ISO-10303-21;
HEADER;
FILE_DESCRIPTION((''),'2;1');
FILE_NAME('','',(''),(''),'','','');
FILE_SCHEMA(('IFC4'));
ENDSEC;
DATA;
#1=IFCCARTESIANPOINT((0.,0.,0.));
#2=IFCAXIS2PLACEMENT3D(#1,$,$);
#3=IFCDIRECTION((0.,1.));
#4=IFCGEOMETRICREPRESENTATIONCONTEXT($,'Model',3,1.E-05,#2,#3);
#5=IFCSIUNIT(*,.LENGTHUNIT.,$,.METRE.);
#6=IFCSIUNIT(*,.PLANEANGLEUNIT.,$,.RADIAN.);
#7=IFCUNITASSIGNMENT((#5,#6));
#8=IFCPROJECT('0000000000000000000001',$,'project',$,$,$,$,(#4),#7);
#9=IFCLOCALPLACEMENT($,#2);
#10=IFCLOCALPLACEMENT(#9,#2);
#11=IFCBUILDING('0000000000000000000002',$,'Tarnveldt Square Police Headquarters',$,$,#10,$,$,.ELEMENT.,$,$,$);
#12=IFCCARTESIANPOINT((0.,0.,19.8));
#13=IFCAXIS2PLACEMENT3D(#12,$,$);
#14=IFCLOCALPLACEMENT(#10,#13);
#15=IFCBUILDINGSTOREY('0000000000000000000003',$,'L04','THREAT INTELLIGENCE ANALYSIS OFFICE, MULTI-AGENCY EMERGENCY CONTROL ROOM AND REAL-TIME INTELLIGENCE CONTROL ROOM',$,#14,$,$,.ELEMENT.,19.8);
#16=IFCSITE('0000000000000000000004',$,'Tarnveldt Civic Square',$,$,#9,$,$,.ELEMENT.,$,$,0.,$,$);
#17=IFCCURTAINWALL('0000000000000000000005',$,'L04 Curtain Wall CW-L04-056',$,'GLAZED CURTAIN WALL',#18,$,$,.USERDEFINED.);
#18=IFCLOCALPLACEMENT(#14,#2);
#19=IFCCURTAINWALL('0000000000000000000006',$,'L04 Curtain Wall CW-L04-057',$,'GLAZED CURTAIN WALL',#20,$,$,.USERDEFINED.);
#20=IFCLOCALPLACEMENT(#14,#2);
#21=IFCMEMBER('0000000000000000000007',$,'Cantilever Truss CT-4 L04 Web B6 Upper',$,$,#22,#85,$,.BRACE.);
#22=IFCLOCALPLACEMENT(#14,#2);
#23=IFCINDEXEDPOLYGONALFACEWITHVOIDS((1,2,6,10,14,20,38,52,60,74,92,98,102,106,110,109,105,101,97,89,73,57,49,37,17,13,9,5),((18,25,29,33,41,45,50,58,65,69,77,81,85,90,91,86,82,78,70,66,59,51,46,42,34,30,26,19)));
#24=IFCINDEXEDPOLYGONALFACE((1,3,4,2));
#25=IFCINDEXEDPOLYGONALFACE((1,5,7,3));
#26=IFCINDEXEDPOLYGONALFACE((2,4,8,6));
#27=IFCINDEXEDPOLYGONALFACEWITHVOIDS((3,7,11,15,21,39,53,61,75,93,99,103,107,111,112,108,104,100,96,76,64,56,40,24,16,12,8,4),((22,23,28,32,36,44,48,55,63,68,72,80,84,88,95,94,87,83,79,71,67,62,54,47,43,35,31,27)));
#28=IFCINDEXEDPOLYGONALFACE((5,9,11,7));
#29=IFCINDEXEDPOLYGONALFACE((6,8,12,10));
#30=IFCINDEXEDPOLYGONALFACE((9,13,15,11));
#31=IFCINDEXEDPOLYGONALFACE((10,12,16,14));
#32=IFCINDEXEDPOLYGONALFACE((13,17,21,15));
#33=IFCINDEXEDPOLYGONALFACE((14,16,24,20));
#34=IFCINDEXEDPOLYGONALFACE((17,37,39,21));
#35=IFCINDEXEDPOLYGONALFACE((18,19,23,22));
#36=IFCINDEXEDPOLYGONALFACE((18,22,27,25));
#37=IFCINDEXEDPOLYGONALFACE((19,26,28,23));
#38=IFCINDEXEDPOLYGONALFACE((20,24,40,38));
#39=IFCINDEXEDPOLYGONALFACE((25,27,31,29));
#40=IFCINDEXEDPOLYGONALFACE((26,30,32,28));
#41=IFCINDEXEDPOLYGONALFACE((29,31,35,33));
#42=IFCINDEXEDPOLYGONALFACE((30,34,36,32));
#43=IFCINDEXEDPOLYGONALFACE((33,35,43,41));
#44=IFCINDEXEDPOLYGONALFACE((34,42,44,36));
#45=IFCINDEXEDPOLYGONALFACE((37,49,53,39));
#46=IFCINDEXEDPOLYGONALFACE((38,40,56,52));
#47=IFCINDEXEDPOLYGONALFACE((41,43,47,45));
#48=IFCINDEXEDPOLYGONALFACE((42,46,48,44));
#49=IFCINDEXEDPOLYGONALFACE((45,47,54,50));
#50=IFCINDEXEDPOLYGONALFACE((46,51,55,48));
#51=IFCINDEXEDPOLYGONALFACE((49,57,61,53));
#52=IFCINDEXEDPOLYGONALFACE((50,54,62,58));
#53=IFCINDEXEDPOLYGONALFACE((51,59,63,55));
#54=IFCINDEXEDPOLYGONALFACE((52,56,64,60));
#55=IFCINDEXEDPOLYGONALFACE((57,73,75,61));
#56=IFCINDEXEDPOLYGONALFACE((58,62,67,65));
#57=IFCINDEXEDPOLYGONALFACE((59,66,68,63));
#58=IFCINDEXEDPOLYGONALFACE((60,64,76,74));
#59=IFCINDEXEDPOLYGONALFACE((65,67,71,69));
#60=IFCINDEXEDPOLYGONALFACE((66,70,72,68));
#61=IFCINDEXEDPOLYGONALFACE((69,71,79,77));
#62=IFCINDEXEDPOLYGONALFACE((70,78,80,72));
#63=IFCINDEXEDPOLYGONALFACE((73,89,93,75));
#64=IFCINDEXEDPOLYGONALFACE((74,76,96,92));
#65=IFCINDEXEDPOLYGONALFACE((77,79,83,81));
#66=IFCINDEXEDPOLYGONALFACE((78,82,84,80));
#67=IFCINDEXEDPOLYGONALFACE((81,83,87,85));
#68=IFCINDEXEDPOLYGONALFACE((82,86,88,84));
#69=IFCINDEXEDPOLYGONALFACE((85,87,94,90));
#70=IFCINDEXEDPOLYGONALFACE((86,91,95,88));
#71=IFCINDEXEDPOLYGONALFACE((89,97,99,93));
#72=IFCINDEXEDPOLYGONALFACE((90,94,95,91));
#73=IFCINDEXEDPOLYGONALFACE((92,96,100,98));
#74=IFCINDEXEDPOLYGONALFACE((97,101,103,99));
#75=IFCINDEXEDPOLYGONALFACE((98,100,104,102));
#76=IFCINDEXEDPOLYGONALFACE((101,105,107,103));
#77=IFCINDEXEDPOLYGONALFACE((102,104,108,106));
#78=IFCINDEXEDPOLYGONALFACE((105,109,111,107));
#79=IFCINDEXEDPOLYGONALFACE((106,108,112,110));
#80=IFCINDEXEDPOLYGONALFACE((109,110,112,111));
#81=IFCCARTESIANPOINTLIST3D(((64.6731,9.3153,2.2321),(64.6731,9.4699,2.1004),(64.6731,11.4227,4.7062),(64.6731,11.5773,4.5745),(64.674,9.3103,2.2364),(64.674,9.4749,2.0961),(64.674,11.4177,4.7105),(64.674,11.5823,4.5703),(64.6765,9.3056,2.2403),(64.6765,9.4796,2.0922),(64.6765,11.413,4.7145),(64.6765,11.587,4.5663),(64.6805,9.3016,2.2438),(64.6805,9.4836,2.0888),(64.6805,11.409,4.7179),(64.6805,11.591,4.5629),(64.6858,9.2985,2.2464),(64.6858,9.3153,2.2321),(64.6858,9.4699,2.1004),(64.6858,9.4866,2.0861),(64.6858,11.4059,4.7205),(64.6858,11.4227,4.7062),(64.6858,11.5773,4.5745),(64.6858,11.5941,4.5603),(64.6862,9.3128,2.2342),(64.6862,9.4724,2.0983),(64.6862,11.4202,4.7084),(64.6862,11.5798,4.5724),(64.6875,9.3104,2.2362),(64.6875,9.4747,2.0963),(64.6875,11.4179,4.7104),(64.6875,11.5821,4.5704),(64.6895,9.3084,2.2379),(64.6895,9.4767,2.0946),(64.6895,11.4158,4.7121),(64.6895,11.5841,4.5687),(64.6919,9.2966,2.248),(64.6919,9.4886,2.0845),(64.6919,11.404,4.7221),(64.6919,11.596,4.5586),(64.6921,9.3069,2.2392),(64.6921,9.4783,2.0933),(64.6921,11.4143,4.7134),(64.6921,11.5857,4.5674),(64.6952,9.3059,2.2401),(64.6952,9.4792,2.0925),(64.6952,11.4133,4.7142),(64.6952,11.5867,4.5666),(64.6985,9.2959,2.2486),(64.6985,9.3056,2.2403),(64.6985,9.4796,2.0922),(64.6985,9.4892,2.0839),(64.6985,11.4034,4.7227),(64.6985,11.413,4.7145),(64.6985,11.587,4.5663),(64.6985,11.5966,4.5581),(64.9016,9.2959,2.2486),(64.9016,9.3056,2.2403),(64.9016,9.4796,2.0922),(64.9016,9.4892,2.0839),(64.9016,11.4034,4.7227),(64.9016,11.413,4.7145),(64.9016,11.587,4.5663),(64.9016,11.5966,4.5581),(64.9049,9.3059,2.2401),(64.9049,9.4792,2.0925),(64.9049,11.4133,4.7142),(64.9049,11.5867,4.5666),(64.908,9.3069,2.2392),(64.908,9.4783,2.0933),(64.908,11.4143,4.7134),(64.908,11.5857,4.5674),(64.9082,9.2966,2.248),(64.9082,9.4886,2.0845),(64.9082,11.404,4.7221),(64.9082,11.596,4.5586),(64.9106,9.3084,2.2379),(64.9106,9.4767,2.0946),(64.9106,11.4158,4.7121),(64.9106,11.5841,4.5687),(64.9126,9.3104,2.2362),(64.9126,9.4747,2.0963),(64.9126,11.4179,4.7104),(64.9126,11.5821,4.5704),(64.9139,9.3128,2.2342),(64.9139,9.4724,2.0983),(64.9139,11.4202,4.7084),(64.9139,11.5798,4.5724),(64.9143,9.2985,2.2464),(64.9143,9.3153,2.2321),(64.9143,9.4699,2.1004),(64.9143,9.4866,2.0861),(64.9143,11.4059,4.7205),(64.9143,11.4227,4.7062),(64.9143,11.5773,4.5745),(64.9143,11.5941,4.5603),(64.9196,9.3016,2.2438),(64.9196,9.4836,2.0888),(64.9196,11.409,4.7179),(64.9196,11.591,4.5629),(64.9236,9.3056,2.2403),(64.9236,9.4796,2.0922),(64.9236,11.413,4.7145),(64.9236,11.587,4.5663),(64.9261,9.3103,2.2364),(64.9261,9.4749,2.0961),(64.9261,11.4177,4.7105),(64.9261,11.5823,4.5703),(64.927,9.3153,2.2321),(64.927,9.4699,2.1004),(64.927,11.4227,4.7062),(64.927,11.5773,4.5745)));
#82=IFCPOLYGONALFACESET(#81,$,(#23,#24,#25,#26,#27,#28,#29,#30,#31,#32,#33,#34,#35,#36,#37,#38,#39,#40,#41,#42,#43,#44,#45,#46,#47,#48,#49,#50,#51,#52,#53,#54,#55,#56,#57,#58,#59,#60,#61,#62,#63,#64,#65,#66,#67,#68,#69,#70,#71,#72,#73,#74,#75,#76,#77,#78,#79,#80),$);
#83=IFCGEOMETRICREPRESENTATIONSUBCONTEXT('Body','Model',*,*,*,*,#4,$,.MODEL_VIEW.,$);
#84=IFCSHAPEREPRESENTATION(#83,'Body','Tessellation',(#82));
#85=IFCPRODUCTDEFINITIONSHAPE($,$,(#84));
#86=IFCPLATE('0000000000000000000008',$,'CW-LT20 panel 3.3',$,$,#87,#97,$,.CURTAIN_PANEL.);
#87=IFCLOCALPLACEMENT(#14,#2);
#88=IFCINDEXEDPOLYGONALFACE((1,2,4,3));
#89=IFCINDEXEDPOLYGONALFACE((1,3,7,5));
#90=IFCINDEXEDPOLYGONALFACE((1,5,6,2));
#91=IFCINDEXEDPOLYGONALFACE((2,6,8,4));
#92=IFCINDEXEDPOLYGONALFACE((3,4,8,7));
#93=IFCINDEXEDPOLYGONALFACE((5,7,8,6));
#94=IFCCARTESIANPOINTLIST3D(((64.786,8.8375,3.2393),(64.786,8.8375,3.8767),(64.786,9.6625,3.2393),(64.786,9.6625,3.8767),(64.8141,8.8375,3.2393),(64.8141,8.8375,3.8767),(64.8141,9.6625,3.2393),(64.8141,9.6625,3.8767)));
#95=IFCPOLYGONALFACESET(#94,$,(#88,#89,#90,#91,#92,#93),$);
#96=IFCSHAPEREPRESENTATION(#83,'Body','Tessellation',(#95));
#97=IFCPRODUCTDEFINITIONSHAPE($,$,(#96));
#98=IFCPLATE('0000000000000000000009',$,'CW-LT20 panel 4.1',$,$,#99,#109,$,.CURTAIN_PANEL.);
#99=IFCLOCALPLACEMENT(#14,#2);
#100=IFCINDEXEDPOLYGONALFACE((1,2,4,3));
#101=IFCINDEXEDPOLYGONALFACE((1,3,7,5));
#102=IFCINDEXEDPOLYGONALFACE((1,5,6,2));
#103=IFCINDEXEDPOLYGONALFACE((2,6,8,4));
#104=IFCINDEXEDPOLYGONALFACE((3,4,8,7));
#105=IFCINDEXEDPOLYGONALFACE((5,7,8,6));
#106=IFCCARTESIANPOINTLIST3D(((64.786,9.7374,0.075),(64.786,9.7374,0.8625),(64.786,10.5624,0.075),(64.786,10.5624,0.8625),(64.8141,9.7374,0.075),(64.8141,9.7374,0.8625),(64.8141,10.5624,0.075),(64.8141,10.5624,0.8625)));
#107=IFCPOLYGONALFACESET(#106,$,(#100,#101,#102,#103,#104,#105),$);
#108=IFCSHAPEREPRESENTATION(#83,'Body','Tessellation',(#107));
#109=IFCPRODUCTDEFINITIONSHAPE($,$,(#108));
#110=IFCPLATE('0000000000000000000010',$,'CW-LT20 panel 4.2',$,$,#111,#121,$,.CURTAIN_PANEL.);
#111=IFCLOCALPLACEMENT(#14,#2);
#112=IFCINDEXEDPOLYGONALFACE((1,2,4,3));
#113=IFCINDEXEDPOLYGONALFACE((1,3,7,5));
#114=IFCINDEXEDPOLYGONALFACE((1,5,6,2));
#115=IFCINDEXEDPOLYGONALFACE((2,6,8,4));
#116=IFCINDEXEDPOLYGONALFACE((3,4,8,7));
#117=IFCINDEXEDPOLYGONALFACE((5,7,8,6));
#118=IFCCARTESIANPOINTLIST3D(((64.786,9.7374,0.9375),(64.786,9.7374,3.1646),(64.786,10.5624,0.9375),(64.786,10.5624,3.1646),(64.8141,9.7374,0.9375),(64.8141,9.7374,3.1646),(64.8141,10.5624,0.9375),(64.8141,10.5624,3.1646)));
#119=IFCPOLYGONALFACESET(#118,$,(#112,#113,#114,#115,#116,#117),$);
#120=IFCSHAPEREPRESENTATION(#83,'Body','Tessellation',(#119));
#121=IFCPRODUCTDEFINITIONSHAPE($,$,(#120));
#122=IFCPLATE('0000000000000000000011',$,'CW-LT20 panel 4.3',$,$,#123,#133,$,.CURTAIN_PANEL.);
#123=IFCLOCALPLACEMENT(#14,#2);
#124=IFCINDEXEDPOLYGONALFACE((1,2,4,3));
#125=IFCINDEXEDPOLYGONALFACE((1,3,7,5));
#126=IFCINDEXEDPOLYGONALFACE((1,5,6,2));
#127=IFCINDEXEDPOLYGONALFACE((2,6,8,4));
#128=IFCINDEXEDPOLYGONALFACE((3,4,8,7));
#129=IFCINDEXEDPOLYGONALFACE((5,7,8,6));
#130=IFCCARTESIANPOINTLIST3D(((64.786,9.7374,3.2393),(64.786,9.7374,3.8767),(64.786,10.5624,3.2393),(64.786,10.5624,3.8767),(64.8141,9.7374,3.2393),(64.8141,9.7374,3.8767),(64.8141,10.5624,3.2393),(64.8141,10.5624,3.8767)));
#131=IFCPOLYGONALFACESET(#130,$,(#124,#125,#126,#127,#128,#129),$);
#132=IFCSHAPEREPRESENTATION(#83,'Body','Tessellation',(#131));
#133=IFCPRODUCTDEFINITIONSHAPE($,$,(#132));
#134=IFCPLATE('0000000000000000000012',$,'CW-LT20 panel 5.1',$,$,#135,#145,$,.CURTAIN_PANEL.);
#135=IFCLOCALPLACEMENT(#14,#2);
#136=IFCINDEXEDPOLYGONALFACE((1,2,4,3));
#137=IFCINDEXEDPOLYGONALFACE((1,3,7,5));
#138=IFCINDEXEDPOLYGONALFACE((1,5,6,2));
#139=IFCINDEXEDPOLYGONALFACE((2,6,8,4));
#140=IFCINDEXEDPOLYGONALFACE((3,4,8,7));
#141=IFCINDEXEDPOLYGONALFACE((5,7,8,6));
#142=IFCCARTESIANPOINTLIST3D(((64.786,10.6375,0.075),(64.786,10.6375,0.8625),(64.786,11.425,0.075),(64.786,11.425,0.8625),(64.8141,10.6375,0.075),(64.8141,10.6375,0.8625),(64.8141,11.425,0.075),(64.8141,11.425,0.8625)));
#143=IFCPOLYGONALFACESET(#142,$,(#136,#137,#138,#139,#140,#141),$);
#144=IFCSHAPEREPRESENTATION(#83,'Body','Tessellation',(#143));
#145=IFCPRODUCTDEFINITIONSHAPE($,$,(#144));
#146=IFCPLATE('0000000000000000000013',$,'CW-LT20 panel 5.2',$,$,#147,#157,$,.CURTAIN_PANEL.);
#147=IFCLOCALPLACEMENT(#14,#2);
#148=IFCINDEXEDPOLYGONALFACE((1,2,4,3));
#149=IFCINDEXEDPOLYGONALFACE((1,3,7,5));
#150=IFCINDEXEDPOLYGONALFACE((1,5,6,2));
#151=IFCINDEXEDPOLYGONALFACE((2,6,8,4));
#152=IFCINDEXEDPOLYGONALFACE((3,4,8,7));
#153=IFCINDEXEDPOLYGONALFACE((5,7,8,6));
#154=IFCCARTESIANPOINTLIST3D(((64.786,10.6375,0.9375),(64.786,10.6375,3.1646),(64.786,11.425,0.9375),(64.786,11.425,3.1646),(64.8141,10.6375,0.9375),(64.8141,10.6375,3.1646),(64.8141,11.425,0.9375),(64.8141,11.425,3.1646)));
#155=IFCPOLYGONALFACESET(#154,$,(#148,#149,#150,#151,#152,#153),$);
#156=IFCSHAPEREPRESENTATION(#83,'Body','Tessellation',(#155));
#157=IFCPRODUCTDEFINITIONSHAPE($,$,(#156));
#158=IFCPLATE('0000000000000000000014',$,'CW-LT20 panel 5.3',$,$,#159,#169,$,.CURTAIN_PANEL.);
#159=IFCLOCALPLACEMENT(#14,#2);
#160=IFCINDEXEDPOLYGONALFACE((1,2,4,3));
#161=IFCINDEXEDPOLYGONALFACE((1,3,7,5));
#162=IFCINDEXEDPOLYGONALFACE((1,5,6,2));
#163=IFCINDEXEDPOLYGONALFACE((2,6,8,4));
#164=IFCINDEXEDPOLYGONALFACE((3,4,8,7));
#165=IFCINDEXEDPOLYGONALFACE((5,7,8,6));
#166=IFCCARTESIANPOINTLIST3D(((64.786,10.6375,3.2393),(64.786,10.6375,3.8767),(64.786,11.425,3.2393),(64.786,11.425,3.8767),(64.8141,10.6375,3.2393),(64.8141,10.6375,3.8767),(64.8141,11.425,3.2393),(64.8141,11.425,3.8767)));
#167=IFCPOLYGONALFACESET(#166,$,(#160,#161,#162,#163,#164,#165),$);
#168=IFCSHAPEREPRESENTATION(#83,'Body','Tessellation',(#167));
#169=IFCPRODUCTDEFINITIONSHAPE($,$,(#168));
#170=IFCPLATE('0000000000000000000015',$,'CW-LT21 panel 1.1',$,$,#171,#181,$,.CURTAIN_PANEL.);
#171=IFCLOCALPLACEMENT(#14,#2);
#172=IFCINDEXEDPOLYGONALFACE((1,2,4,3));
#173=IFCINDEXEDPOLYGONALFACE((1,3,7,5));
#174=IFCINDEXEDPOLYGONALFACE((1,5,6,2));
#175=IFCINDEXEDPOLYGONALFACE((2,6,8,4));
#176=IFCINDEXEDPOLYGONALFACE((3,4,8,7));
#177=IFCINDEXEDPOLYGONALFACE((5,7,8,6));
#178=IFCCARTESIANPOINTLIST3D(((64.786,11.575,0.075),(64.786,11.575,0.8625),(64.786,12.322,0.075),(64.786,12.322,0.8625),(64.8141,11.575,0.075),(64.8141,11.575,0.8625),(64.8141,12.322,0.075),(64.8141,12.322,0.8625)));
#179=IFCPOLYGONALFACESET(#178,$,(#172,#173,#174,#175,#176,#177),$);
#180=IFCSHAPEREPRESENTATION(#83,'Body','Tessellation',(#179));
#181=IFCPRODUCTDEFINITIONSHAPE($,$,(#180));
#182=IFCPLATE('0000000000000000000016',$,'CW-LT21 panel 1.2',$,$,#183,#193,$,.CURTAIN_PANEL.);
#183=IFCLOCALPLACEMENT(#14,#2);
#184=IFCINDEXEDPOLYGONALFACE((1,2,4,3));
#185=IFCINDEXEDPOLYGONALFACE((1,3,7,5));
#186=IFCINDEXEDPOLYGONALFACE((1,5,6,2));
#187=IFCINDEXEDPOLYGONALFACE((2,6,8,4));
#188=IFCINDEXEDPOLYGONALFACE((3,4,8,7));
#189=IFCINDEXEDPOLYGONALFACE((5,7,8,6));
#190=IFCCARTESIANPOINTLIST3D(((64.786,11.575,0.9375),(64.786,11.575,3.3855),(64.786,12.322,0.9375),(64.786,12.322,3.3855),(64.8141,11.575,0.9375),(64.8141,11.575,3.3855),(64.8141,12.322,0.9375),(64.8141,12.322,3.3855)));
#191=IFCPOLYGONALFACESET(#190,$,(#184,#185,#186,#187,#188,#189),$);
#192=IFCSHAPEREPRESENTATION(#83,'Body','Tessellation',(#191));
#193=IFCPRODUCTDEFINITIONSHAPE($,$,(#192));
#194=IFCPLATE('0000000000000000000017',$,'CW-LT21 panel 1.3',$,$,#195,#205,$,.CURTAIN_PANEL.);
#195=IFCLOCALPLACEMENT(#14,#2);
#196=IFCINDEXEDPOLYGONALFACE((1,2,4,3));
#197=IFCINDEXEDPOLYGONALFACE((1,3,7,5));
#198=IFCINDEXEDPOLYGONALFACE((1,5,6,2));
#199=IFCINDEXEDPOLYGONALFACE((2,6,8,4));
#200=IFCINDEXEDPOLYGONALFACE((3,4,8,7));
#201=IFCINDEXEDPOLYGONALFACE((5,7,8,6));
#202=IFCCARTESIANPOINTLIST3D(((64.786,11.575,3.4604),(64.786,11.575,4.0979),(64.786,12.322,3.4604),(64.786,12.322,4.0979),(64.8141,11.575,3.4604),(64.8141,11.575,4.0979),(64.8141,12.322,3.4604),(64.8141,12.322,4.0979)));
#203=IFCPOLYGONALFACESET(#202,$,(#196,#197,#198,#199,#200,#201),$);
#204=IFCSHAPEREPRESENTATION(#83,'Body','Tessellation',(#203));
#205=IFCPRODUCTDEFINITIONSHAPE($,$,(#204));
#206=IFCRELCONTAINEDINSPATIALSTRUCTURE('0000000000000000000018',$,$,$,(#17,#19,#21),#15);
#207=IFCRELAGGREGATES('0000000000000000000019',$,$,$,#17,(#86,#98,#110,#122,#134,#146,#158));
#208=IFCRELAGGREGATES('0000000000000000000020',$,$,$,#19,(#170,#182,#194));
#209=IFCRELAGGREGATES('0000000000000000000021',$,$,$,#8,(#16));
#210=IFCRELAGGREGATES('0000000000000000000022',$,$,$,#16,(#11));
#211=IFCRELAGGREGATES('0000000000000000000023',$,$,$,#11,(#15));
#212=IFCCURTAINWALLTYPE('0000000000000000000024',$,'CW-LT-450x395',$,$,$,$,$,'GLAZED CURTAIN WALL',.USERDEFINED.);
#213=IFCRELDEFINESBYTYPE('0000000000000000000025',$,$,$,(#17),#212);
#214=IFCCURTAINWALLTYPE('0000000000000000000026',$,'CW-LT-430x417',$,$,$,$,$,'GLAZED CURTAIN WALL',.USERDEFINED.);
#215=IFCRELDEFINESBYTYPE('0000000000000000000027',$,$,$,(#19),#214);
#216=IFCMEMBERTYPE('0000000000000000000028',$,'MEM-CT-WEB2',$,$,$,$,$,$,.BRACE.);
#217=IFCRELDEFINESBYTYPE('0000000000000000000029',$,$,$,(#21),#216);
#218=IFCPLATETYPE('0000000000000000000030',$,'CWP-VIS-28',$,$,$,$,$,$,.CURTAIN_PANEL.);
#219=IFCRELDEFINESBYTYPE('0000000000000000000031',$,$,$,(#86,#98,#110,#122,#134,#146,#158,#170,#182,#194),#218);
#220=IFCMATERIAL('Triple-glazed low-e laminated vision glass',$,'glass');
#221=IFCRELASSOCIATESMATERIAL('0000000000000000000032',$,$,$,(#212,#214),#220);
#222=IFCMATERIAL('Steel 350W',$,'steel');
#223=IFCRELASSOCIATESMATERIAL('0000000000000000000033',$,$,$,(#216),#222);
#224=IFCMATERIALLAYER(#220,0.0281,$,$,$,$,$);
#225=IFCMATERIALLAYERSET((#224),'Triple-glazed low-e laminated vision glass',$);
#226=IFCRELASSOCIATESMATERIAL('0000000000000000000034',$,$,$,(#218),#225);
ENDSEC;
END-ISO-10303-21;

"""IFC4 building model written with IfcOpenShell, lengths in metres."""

from ifc_helpers import new_model, si_unit, direction, frame, origin, origin_2d, place, context, subcontext, project, spatial, rectangle, hollow_rectangle, extrude, material, layer, layer_set, material_profile, profile_set, type_object, element, aggregate, save


model = new_model("IFC4")

# Units and contexts
model_context = context("Model", 3, precision=1e-05, world=origin(), true_north=direction((0.0, 1.0)))
body_context = subcontext(model_context, "Body", "Model", "MODEL_VIEW")
ifc_project = project(units=[si_unit("LENGTHUNIT", "METRE"), si_unit("PLANEANGLEUNIT", "RADIAN")], contexts=[model_context])

# Site, building, storey
site_placement = place(None, origin())
site = spatial("IfcSite", under=ifc_project, at=site_placement, Name="Tarnveldt Civic Square", CompositionType="ELEMENT", RefElevation=0.0)
building_placement = place(site_placement, origin())
building = spatial("IfcBuilding", under=site, at=building_placement, Name="Tarnveldt Square Police Headquarters", CompositionType="ELEMENT")
storey_placement = place(building_placement, frame((0.0, 0.0, 19.8)))
storey = spatial("IfcBuildingStorey", under=building, at=storey_placement, Name="L04", Description="THREAT INTELLIGENCE ANALYSIS OFFICE, MULTI-AGENCY EMERGENCY CONTROL ROOM AND REAL-TIME INTELLIGENCE CONTROL ROOM", CompositionType="ELEMENT", Elevation=19.8)

# Shared definitions
ifc_material_1 = material(Name="Steel 350W", Category="steel")

# Curtain walls
ifc_material_2 = material(Name="Triple-glazed low-e laminated vision glass", Category="glass")
curtain_wall_type_1 = type_object("IfcCurtainWallType", Name="CW-LT-450x395", ElementType="GLAZED CURTAIN WALL", PredefinedType="USERDEFINED", material=ifc_material_2)
curtain_wall_1_placement = place(storey_placement, origin())
curtain_wall_1 = element("IfcCurtainWall", 1, at=curtain_wall_1_placement, inside=storey, type_object=curtain_wall_type_1, Name="L04 Curtain Wall CW-L04-056", ObjectType="GLAZED CURTAIN WALL", PredefinedType="USERDEFINED")
curtain_wall_type_2 = type_object("IfcCurtainWallType", Name="CW-LT-430x417", ElementType="GLAZED CURTAIN WALL", PredefinedType="USERDEFINED", material=ifc_material_2)
curtain_wall_2_placement = place(storey_placement, origin())
curtain_wall_2 = element("IfcCurtainWall", 2, at=curtain_wall_2_placement, inside=storey, type_object=curtain_wall_type_2, Name="L04 Curtain Wall CW-L04-057", ObjectType="GLAZED CURTAIN WALL", PredefinedType="USERDEFINED")

# Member
ifc_material_profile_1 = material_profile(ifc_material_1, hollow_rectangle(XDim=0.2539, YDim=0.2539, WallThickness=0.0127, InnerFilletRadius=0.0127, OuterFilletRadius=0.0254, at=origin_2d()), Name="HSS254x254x13")
ifc_profile_set_1 = profile_set([ifc_material_profile_1], Name="Steel 350W")
member_type_1 = type_object("IfcMemberType", Name="MEM-CT-WEB2", PredefinedType="BRACE", material=ifc_profile_set_1)
member_1_placement = place(storey_placement, frame((64.8, 9.3926, 2.1663), z_axis=(0.0, 0.648437, 0.761268), x_axis=(-1.0, 0.0, 0.0)))
element("IfcMember", 3, at=member_1_placement, inside=storey, type_object=member_type_1, Name="Cantilever Truss CT-4 L04 Web B6 Upper", PredefinedType="BRACE", context=body_context, shape_type="SweptSolid", body=[
    extrude(hollow_rectangle(XDim=0.2539, YDim=0.2539, WallThickness=0.0127, InnerFilletRadius=0.0127, OuterFilletRadius=0.0254, at=origin_2d()), origin(), (0.0, 0.0, 1.0), 3.25),
])

# Plates
ifc_layer = layer(ifc_material_2, 0.0281)
ifc_layer_set = layer_set([ifc_layer], Name="Triple-glazed low-e laminated vision glass")
plate_type = type_object("IfcPlateType", Name="CWP-VIS-28", PredefinedType="CURTAIN_PANEL", material=ifc_layer_set)
plate_1_placement = place(storey_placement, frame((64.8, 9.25, 3.2393), z_axis=(0.0, 0.0, 1.0), x_axis=(0.0, 1.0, 0.0)))
plate_1 = element("IfcPlate", 4, at=plate_1_placement, type_object=plate_type, Name="CW-LT20 panel 3.3", PredefinedType="CURTAIN_PANEL", context=body_context, shape_type="SweptSolid", body=[
    extrude(rectangle(XDim=0.825, YDim=0.0281, at=origin_2d()), origin(), (0.0, 0.0, 1.0), 0.6375),
])
plate_2_placement = place(storey_placement, frame((64.8, 10.1499, 0.075), z_axis=(0.0, 0.0, 1.0), x_axis=(0.0, 1.0, 0.0)))
plate_2 = element("IfcPlate", 5, at=plate_2_placement, type_object=plate_type, Name="CW-LT20 panel 4.1", PredefinedType="CURTAIN_PANEL", context=body_context, shape_type="SweptSolid", body=[
    extrude(rectangle(XDim=0.825, YDim=0.0281, at=origin_2d()), origin(), (0.0, 0.0, 1.0), 0.7876),
])
plate_3_placement = place(storey_placement, frame((64.8, 10.1499, 0.9375), z_axis=(0.0, 0.0, 1.0), x_axis=(0.0, 1.0, 0.0)))
plate_3 = element("IfcPlate", 6, at=plate_3_placement, type_object=plate_type, Name="CW-LT20 panel 4.2", PredefinedType="CURTAIN_PANEL", context=body_context, shape_type="SweptSolid", body=[
    extrude(rectangle(XDim=0.825, YDim=0.0281, at=origin_2d()), origin(), (0.0, 0.0, 1.0), 2.2271),
])
plate_4_placement = place(storey_placement, frame((64.8, 10.1499, 3.2393), z_axis=(0.0, 0.0, 1.0), x_axis=(0.0, 1.0, 0.0)))
plate_4 = element("IfcPlate", 7, at=plate_4_placement, type_object=plate_type, Name="CW-LT20 panel 4.3", PredefinedType="CURTAIN_PANEL", context=body_context, shape_type="SweptSolid", body=[
    extrude(rectangle(XDim=0.825, YDim=0.0281, at=origin_2d()), origin(), (0.0, 0.0, 1.0), 0.6375),
])
plate_5_placement = place(storey_placement, frame((64.8, 11.0312, 0.075), z_axis=(0.0, 0.0, 1.0), x_axis=(0.0, 1.0, 0.0)))
plate_5 = element("IfcPlate", 8, at=plate_5_placement, type_object=plate_type, Name="CW-LT20 panel 5.1", PredefinedType="CURTAIN_PANEL", context=body_context, shape_type="SweptSolid", body=[
    extrude(rectangle(XDim=0.7876, YDim=0.0281, at=origin_2d()), origin(), (0.0, 0.0, 1.0), 0.7876),
])
plate_6_placement = place(storey_placement, frame((64.8, 11.0312, 0.9375), z_axis=(0.0, 0.0, 1.0), x_axis=(0.0, 1.0, 0.0)))
plate_6 = element("IfcPlate", 9, at=plate_6_placement, type_object=plate_type, Name="CW-LT20 panel 5.2", PredefinedType="CURTAIN_PANEL", context=body_context, shape_type="SweptSolid", body=[
    extrude(rectangle(XDim=0.7876, YDim=0.0281, at=origin_2d()), origin(), (0.0, 0.0, 1.0), 2.2271),
])
plate_7_placement = place(storey_placement, frame((64.8, 11.0312, 3.2393), z_axis=(0.0, 0.0, 1.0), x_axis=(0.0, 1.0, 0.0)))
plate_7 = element("IfcPlate", 10, at=plate_7_placement, type_object=plate_type, Name="CW-LT20 panel 5.3", PredefinedType="CURTAIN_PANEL", context=body_context, shape_type="SweptSolid", body=[
    extrude(rectangle(XDim=0.7876, YDim=0.0281, at=origin_2d()), origin(), (0.0, 0.0, 1.0), 0.6375),
])
aggregate(curtain_wall_1, [plate_1, plate_2, plate_3, plate_4, plate_5, plate_6, plate_7])
plate_8_placement = place(storey_placement, frame((64.8, 11.9485, 0.075), z_axis=(0.0, 0.0, 1.0), x_axis=(0.0, 1.0, 0.0)))
plate_8 = element("IfcPlate", 11, at=plate_8_placement, type_object=plate_type, Name="CW-LT21 panel 1.1", PredefinedType="CURTAIN_PANEL", context=body_context, shape_type="SweptSolid", body=[
    extrude(rectangle(XDim=0.7471, YDim=0.0281, at=origin_2d()), origin(), (0.0, 0.0, 1.0), 0.7876),
])
plate_9_placement = place(storey_placement, frame((64.8, 11.9485, 0.9375), z_axis=(0.0, 0.0, 1.0), x_axis=(0.0, 1.0, 0.0)))
plate_9 = element("IfcPlate", 12, at=plate_9_placement, type_object=plate_type, Name="CW-LT21 panel 1.2", PredefinedType="CURTAIN_PANEL", context=body_context, shape_type="SweptSolid", body=[
    extrude(rectangle(XDim=0.7471, YDim=0.0281, at=origin_2d()), origin(), (0.0, 0.0, 1.0), 2.448),
])
plate_10_placement = place(storey_placement, frame((64.8, 11.9485, 3.4604), z_axis=(0.0, 0.0, 1.0), x_axis=(0.0, 1.0, 0.0)))
plate_10 = element("IfcPlate", 13, at=plate_10_placement, type_object=plate_type, Name="CW-LT21 panel 1.3", PredefinedType="CURTAIN_PANEL", context=body_context, shape_type="SweptSolid", body=[
    extrude(rectangle(XDim=0.7471, YDim=0.0281, at=origin_2d()), origin(), (0.0, 0.0, 1.0), 0.6375),
])
aggregate(curtain_wall_2, [plate_8, plate_9, plate_10])

save(model, "model.ifc")
